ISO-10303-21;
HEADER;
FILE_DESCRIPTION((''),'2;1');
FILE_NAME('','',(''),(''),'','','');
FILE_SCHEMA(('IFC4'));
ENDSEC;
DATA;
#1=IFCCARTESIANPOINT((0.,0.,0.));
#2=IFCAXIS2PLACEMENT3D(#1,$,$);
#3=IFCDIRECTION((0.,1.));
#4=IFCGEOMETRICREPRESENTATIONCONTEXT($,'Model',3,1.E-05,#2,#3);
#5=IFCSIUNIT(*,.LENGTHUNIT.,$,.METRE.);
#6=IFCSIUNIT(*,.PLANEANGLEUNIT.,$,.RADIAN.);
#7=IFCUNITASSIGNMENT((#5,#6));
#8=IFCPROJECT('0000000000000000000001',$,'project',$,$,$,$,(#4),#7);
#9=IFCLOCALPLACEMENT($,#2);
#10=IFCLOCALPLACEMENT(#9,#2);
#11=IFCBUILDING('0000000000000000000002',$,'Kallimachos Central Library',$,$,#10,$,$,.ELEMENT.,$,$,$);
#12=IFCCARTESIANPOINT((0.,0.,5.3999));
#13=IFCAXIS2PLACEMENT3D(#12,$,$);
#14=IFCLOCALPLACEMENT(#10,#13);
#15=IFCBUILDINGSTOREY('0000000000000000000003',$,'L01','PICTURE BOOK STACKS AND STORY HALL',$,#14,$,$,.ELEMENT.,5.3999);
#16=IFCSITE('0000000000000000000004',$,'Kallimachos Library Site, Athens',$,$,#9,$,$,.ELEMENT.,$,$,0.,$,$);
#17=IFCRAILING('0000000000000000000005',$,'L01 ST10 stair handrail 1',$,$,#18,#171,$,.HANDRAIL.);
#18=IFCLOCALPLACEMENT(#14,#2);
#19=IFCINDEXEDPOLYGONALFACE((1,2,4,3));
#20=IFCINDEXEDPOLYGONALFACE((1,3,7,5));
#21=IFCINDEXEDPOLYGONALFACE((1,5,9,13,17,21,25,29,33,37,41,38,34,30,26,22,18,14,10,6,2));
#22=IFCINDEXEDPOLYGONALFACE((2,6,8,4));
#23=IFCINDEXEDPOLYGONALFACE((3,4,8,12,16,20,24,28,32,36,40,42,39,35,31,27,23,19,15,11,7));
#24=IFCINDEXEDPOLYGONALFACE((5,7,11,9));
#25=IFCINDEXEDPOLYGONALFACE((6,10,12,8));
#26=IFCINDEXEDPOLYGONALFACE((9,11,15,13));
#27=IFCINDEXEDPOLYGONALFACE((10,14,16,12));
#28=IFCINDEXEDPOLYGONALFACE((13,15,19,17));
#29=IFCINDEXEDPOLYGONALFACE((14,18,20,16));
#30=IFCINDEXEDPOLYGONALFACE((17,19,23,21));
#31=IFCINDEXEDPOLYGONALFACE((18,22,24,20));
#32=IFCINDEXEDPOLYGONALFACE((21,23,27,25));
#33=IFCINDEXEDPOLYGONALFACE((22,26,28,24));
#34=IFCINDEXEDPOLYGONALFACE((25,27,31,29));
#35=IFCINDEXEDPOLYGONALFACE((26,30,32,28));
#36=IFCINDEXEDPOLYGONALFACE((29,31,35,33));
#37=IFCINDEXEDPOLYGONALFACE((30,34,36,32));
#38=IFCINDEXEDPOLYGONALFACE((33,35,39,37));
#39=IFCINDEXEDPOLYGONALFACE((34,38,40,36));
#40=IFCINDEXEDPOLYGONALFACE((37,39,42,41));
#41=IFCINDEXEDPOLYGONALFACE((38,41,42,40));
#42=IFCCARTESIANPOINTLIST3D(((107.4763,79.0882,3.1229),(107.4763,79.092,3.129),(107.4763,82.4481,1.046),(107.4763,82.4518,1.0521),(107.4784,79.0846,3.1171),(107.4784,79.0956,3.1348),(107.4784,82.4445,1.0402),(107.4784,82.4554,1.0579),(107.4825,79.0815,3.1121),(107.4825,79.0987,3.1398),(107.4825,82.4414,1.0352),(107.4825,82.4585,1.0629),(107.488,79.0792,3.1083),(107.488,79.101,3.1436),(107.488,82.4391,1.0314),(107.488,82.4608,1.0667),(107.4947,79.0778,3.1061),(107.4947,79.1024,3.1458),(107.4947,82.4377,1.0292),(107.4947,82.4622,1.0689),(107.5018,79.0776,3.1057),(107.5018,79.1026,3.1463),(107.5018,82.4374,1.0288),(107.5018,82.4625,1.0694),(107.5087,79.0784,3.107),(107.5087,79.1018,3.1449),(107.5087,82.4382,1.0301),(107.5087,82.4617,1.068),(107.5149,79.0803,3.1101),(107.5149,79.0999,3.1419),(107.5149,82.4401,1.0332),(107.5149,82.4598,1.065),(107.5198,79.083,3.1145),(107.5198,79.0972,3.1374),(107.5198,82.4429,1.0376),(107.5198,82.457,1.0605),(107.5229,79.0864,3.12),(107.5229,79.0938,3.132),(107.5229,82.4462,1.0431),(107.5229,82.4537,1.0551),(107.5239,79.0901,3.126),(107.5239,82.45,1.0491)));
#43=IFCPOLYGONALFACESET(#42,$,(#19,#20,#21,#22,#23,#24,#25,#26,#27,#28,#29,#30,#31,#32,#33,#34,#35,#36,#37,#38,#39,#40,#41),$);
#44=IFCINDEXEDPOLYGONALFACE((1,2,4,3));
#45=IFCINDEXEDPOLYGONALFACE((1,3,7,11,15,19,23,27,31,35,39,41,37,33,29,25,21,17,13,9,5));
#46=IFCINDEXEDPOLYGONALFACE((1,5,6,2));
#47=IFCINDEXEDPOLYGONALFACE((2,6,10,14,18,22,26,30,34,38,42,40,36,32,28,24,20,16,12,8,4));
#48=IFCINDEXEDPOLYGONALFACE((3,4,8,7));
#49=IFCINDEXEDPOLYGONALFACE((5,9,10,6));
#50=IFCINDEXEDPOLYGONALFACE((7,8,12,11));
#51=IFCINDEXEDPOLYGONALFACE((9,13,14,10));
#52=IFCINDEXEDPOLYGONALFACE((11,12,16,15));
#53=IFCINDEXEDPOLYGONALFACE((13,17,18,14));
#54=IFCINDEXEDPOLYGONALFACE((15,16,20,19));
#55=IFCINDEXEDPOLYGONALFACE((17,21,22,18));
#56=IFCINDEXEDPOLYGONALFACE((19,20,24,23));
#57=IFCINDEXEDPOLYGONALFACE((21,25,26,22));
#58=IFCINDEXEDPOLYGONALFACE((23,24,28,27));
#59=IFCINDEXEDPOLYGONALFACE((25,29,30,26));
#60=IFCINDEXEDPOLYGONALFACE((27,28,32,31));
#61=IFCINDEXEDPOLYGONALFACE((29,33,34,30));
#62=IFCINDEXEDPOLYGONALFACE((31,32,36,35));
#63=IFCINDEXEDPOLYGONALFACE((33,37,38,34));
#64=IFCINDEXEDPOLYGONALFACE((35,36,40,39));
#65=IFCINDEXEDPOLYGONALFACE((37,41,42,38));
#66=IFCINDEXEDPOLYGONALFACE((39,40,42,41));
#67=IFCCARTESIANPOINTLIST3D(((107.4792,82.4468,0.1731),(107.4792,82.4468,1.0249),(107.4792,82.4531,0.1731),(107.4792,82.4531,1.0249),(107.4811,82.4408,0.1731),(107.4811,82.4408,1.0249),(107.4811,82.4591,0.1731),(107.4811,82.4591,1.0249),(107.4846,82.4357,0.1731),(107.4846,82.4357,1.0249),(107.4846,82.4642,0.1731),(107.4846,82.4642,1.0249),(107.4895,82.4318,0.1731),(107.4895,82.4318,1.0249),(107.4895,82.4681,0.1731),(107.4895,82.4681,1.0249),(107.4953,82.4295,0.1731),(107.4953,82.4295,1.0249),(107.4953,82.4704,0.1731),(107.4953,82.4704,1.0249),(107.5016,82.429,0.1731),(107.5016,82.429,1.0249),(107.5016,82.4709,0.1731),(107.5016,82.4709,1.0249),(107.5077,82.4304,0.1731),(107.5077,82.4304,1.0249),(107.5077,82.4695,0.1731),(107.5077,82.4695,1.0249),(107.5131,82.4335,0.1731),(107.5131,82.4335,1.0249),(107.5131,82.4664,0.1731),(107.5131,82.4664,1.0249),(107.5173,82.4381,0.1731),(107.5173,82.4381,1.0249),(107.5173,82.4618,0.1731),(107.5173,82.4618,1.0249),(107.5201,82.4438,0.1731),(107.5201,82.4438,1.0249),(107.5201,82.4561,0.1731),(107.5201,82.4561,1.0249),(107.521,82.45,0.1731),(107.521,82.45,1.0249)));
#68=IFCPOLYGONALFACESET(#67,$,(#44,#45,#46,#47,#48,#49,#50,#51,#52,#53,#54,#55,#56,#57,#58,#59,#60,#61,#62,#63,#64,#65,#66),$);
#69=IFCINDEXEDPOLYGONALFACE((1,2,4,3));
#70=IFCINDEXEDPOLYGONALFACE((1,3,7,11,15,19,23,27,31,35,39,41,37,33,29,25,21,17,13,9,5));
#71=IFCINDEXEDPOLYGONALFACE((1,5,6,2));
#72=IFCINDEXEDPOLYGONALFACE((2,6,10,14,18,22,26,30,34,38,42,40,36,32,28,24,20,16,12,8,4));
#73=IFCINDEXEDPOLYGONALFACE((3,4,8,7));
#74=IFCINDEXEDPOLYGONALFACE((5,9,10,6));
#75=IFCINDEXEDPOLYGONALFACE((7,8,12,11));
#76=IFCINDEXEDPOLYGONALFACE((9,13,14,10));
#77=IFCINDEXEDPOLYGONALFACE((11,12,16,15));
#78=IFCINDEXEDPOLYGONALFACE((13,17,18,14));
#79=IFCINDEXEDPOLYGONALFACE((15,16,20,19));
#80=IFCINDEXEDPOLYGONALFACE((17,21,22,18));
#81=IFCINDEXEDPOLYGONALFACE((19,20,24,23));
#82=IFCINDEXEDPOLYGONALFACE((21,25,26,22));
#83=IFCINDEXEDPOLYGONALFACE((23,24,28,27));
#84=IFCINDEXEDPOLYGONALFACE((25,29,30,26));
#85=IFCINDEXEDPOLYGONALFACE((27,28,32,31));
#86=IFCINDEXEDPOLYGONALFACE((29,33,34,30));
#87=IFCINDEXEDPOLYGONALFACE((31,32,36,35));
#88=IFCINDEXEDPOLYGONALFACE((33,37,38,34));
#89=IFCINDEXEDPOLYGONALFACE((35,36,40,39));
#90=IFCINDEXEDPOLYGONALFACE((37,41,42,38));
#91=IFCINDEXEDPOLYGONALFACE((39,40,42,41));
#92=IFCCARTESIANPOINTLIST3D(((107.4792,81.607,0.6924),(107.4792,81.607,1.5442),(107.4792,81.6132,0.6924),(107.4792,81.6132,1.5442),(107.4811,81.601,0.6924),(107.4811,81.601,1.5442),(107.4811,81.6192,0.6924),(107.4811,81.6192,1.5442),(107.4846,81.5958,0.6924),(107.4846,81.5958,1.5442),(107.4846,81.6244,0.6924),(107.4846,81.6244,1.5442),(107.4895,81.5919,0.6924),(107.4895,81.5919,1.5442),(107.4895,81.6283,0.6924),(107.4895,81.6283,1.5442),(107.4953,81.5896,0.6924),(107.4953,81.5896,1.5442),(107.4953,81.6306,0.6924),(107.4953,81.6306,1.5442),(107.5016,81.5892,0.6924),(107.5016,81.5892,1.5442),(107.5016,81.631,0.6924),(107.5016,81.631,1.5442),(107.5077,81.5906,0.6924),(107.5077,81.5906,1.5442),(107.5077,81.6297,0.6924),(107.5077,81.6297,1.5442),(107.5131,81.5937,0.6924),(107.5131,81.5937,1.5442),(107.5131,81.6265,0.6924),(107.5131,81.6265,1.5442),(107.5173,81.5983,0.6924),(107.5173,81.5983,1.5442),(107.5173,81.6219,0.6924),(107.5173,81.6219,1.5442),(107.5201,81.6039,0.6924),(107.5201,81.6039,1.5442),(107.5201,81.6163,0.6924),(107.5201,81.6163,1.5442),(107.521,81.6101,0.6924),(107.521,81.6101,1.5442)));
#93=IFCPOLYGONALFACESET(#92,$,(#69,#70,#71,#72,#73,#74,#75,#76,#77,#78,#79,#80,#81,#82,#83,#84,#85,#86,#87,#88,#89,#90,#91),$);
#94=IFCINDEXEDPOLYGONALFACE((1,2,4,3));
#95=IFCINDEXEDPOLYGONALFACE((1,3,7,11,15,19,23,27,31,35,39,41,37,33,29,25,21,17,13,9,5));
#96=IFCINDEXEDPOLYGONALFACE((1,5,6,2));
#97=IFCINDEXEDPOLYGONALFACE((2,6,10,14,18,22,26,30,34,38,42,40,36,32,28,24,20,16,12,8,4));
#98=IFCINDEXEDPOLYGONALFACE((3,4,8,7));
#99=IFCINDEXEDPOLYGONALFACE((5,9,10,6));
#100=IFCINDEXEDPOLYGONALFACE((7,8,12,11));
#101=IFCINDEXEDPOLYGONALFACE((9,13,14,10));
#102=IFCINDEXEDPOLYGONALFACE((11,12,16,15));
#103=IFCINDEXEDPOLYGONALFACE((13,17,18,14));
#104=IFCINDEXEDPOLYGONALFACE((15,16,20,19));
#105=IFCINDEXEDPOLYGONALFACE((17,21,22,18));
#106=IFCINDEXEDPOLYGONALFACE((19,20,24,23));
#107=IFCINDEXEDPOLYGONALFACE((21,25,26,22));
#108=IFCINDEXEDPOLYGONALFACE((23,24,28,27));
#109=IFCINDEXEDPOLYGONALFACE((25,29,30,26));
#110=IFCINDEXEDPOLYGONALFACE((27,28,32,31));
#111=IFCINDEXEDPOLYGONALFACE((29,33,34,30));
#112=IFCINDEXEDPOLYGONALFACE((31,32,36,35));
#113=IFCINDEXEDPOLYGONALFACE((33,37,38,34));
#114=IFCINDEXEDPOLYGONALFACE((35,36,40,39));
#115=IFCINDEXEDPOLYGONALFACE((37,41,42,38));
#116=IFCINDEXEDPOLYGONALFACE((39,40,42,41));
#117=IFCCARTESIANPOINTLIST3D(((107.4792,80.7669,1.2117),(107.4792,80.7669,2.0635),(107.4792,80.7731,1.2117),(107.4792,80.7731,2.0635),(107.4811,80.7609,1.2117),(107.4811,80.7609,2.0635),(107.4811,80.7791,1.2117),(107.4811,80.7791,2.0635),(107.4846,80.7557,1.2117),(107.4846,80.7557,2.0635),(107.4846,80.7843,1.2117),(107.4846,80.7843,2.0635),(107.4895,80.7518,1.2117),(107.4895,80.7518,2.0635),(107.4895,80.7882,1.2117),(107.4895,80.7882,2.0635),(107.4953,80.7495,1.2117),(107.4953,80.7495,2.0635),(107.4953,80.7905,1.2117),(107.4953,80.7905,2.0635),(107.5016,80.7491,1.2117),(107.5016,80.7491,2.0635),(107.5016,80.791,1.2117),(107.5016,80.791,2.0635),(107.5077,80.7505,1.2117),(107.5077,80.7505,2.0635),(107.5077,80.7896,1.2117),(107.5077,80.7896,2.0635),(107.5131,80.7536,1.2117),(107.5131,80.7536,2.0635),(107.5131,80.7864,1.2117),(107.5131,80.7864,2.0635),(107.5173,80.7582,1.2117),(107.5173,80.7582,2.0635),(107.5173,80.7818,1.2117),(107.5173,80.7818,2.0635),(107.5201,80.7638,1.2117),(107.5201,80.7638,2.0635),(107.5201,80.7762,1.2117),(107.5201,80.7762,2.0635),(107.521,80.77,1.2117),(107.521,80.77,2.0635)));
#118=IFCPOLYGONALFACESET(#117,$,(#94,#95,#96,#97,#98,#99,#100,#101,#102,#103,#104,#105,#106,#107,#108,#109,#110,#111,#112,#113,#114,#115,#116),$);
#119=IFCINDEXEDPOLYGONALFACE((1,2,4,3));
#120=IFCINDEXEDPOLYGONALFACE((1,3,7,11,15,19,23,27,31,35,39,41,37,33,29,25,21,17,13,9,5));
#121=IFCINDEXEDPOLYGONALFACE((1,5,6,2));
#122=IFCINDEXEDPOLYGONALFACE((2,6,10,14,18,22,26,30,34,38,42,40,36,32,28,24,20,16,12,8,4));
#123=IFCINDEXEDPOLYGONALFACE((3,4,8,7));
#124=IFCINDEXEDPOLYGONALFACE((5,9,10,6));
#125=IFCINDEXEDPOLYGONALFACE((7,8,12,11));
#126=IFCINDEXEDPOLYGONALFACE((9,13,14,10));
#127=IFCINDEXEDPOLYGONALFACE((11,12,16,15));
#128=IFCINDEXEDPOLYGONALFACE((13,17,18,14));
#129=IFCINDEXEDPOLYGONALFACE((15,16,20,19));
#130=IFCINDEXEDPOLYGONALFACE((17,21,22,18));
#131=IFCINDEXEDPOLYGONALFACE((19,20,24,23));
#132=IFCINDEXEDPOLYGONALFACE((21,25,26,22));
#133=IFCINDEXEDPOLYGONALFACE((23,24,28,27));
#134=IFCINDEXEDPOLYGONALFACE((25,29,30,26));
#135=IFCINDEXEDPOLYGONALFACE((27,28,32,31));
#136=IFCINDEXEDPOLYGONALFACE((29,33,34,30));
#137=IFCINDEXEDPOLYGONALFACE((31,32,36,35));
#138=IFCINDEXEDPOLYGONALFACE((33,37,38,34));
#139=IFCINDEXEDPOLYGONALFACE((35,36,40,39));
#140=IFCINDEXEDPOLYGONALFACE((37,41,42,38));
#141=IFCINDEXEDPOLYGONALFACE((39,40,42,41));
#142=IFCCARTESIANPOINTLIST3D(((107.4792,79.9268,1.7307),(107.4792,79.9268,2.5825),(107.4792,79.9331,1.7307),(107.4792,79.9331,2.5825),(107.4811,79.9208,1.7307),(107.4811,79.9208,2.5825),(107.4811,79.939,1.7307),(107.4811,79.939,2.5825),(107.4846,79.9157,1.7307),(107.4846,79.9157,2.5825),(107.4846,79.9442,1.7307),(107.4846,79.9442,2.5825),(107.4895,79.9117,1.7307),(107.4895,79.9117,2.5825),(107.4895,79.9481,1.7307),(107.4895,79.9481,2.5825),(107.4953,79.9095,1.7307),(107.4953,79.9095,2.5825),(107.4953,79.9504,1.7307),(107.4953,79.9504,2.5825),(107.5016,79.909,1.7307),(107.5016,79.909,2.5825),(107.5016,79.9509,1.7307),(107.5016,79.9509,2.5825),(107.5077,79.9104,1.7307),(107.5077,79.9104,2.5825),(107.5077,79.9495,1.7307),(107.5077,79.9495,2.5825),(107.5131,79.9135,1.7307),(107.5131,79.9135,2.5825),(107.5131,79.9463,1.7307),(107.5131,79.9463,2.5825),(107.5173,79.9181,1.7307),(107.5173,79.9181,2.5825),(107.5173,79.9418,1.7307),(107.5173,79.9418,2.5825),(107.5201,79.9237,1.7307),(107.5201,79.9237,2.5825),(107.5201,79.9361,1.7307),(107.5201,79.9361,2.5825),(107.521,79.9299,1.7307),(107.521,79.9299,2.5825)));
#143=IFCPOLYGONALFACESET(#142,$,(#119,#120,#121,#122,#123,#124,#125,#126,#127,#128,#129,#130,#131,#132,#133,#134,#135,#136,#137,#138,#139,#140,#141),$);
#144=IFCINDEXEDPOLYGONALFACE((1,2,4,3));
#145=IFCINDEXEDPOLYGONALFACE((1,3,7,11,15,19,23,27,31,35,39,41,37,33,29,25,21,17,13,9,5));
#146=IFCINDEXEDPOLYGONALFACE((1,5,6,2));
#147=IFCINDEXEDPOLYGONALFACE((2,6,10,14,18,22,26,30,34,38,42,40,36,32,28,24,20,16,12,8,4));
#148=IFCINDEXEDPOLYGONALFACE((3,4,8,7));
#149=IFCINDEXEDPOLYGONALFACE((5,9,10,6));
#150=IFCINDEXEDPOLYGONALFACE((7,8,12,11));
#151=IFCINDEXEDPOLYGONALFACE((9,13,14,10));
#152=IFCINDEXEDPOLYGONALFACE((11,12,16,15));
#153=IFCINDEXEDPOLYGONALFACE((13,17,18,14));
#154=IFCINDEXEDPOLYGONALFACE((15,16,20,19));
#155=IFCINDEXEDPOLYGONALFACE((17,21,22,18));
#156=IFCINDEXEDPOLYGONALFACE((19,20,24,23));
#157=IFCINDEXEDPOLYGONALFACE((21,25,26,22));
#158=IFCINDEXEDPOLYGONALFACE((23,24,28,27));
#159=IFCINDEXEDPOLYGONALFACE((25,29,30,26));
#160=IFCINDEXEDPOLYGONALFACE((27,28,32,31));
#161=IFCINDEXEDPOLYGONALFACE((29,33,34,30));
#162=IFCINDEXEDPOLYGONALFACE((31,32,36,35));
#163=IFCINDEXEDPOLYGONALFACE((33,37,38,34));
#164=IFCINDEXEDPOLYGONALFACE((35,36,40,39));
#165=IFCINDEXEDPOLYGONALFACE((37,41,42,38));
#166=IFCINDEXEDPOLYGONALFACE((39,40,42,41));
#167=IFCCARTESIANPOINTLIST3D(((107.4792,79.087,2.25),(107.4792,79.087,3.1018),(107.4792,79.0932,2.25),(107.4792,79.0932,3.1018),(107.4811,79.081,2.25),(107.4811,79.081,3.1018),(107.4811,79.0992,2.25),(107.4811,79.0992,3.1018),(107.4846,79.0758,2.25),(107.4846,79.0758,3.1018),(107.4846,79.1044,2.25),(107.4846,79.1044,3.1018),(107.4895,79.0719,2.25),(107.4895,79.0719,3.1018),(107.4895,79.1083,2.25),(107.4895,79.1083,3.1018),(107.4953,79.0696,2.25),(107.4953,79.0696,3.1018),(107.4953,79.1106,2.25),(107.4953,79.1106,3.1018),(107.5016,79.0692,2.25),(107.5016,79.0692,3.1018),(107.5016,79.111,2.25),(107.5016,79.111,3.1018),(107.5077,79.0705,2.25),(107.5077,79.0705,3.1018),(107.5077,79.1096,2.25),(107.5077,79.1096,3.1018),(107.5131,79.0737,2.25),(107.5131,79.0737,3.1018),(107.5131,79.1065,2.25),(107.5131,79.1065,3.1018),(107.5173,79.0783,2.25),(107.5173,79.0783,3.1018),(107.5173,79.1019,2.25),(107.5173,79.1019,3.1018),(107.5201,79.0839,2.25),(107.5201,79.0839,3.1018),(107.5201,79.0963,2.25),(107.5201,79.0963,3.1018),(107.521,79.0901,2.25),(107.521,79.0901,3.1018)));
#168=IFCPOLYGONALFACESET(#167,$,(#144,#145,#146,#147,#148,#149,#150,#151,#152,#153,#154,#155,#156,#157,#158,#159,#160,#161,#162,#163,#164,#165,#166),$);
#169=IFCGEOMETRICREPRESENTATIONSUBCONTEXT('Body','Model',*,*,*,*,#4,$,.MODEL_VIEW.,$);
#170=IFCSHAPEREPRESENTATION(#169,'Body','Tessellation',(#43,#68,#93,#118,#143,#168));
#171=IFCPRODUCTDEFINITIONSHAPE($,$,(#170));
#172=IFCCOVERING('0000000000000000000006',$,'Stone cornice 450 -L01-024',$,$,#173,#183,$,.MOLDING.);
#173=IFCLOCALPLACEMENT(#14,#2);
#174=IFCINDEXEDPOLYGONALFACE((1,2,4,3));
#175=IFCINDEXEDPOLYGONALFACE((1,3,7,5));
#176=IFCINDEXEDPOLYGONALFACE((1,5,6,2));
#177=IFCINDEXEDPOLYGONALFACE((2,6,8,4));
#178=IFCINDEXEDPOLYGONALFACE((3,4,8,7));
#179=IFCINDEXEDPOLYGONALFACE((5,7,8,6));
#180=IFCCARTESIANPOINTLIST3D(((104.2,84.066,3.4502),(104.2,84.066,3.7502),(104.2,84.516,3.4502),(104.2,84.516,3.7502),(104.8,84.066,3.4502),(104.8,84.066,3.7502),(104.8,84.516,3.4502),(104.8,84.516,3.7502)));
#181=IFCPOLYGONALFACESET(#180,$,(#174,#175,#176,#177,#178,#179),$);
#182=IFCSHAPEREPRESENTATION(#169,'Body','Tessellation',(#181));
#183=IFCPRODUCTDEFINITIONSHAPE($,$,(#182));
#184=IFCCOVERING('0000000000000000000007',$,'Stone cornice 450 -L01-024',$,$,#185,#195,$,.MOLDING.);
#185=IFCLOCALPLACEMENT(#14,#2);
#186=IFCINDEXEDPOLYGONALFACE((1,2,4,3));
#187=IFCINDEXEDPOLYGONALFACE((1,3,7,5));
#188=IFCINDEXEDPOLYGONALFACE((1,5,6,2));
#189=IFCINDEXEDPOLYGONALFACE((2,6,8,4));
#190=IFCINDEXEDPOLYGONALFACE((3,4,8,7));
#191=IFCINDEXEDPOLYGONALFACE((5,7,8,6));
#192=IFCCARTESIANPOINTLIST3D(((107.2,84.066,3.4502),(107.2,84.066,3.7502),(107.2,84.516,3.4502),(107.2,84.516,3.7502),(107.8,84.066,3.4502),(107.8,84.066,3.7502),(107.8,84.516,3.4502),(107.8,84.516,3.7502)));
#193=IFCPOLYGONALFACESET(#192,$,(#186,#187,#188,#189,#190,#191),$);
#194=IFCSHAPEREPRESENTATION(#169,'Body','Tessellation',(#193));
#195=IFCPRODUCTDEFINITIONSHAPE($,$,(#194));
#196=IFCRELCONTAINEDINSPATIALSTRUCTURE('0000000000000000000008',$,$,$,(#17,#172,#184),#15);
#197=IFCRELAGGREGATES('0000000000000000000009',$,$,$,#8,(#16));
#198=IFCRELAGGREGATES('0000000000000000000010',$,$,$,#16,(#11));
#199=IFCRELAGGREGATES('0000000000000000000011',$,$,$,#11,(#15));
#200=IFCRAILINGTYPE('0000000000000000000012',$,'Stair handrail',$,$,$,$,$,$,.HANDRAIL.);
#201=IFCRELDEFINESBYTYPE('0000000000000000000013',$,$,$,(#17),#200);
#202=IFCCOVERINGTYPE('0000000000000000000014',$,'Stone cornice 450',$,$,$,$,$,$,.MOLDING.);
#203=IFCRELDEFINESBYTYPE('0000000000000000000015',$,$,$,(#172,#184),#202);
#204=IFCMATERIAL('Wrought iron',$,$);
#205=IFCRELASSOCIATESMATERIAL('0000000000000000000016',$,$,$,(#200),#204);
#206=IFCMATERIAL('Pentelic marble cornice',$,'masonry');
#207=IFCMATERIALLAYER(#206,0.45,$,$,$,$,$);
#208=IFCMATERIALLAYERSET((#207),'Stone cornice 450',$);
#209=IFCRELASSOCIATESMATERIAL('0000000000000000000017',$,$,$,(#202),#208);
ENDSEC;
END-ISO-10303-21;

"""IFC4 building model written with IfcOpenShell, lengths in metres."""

from ifc_helpers import new_model, si_unit, direction, frame, origin, origin_2d, place, context, subcontext, project, spatial, rectangle, circle, extrude, material, layer, layer_set, type_object, element, save


model = new_model("IFC4")

# Units and contexts
model_context = context("Model", 3, precision=1e-05, world=origin(), true_north=direction((0.0, 1.0)))
body_context = subcontext(model_context, "Body", "Model", "MODEL_VIEW")
ifc_project = project(units=[si_unit("LENGTHUNIT", "METRE"), si_unit("PLANEANGLEUNIT", "RADIAN")], contexts=[model_context])

# Site, building, storey
site_placement = place(None, origin())
site = spatial("IfcSite", under=ifc_project, at=site_placement, Name="Kallimachos Library Site, Athens", CompositionType="ELEMENT", RefElevation=0.0)
building_placement = place(site_placement, origin())
building = spatial("IfcBuilding", under=site, at=building_placement, Name="Kallimachos Central Library", CompositionType="ELEMENT")
storey_placement = place(building_placement, frame((0.0, 0.0, 5.3999)))
storey = spatial("IfcBuildingStorey", under=building, at=storey_placement, Name="L01", Description="PICTURE BOOK STACKS AND STORY HALL", CompositionType="ELEMENT", Elevation=5.3999)

# Railing
ifc_material_1 = material(Name="Wrought iron")
railing_type_1 = type_object("IfcRailingType", Name="Stair handrail", PredefinedType="HANDRAIL", material=ifc_material_1)
railing_1_placement = place(storey_placement, frame((107.5, 82.45, 0.1731)))
element("IfcRailing", 1, at=railing_1_placement, inside=storey, type_object=railing_type_1, Name="L01 ST10 stair handrail 1", PredefinedType="HANDRAIL", context=body_context, shape_type="SweptSolid", body=[
    extrude(circle(Radius=0.0239, at=origin_2d()), frame((0.0, 0.0, 0.876), z_axis=(0.0, -0.850606, 0.525803), x_axis=(1.0, 0.0, 0.0)), (0.0, 0.0, 1.0), 3.95),
    extrude(circle(Radius=0.021, at=origin_2d()), origin(), (0.0, 0.0, 1.0), 0.8518),
    extrude(circle(Radius=0.021, at=origin_2d()), frame((0.0, -0.8398, 0.5193)), (0.0, 0.0, 1.0), 0.8518),
    extrude(circle(Radius=0.021, at=origin_2d()), frame((0.0, -1.6799, 1.0386)), (0.0, 0.0, 1.0), 0.8518),
    extrude(circle(Radius=0.021, at=origin_2d()), frame((0.0, -2.52, 1.5576)), (0.0, 0.0, 1.0), 0.8518),
    extrude(circle(Radius=0.021, at=origin_2d()), frame((0.0, -3.3599, 2.0769)), (0.0, 0.0, 1.0), 0.8518),
])

# Coverings
ifc_material_2 = material(Name="Pentelic marble cornice", Category="masonry")
ifc_layer_1 = layer(ifc_material_2, 0.45)
ifc_layer_set_1 = layer_set([ifc_layer_1], Name="Stone cornice 450")
covering_type_1 = type_object("IfcCoveringType", Name="Stone cornice 450", PredefinedType="MOLDING", material=ifc_layer_set_1)
for number, where, z_axis, x_axis, name in (
    (2, (104.5, 84.291, 3.4502), (0.0, 0.0, 1.0), (1.0, 0.0, 0.0), "Stone cornice 450 -L01-024"),
    (3, (107.5, 84.291, 3.4502), (0.0, 0.0, 1.0), (1.0, 0.0, 0.0), "Stone cornice 450 -L01-024"),
):
    element("IfcCovering", number, at=place(storey_placement, frame(where, z_axis=z_axis, x_axis=x_axis)), inside=storey, type_object=covering_type_1, Name=name, PredefinedType="MOLDING", context=body_context, shape_type="SweptSolid", body=[
        extrude(rectangle(XDim=0.6001, YDim=0.45, at=origin_2d()), origin(), (0.0, 0.0, 1.0), 0.3),
    ])

save(model, "model.ifc")
